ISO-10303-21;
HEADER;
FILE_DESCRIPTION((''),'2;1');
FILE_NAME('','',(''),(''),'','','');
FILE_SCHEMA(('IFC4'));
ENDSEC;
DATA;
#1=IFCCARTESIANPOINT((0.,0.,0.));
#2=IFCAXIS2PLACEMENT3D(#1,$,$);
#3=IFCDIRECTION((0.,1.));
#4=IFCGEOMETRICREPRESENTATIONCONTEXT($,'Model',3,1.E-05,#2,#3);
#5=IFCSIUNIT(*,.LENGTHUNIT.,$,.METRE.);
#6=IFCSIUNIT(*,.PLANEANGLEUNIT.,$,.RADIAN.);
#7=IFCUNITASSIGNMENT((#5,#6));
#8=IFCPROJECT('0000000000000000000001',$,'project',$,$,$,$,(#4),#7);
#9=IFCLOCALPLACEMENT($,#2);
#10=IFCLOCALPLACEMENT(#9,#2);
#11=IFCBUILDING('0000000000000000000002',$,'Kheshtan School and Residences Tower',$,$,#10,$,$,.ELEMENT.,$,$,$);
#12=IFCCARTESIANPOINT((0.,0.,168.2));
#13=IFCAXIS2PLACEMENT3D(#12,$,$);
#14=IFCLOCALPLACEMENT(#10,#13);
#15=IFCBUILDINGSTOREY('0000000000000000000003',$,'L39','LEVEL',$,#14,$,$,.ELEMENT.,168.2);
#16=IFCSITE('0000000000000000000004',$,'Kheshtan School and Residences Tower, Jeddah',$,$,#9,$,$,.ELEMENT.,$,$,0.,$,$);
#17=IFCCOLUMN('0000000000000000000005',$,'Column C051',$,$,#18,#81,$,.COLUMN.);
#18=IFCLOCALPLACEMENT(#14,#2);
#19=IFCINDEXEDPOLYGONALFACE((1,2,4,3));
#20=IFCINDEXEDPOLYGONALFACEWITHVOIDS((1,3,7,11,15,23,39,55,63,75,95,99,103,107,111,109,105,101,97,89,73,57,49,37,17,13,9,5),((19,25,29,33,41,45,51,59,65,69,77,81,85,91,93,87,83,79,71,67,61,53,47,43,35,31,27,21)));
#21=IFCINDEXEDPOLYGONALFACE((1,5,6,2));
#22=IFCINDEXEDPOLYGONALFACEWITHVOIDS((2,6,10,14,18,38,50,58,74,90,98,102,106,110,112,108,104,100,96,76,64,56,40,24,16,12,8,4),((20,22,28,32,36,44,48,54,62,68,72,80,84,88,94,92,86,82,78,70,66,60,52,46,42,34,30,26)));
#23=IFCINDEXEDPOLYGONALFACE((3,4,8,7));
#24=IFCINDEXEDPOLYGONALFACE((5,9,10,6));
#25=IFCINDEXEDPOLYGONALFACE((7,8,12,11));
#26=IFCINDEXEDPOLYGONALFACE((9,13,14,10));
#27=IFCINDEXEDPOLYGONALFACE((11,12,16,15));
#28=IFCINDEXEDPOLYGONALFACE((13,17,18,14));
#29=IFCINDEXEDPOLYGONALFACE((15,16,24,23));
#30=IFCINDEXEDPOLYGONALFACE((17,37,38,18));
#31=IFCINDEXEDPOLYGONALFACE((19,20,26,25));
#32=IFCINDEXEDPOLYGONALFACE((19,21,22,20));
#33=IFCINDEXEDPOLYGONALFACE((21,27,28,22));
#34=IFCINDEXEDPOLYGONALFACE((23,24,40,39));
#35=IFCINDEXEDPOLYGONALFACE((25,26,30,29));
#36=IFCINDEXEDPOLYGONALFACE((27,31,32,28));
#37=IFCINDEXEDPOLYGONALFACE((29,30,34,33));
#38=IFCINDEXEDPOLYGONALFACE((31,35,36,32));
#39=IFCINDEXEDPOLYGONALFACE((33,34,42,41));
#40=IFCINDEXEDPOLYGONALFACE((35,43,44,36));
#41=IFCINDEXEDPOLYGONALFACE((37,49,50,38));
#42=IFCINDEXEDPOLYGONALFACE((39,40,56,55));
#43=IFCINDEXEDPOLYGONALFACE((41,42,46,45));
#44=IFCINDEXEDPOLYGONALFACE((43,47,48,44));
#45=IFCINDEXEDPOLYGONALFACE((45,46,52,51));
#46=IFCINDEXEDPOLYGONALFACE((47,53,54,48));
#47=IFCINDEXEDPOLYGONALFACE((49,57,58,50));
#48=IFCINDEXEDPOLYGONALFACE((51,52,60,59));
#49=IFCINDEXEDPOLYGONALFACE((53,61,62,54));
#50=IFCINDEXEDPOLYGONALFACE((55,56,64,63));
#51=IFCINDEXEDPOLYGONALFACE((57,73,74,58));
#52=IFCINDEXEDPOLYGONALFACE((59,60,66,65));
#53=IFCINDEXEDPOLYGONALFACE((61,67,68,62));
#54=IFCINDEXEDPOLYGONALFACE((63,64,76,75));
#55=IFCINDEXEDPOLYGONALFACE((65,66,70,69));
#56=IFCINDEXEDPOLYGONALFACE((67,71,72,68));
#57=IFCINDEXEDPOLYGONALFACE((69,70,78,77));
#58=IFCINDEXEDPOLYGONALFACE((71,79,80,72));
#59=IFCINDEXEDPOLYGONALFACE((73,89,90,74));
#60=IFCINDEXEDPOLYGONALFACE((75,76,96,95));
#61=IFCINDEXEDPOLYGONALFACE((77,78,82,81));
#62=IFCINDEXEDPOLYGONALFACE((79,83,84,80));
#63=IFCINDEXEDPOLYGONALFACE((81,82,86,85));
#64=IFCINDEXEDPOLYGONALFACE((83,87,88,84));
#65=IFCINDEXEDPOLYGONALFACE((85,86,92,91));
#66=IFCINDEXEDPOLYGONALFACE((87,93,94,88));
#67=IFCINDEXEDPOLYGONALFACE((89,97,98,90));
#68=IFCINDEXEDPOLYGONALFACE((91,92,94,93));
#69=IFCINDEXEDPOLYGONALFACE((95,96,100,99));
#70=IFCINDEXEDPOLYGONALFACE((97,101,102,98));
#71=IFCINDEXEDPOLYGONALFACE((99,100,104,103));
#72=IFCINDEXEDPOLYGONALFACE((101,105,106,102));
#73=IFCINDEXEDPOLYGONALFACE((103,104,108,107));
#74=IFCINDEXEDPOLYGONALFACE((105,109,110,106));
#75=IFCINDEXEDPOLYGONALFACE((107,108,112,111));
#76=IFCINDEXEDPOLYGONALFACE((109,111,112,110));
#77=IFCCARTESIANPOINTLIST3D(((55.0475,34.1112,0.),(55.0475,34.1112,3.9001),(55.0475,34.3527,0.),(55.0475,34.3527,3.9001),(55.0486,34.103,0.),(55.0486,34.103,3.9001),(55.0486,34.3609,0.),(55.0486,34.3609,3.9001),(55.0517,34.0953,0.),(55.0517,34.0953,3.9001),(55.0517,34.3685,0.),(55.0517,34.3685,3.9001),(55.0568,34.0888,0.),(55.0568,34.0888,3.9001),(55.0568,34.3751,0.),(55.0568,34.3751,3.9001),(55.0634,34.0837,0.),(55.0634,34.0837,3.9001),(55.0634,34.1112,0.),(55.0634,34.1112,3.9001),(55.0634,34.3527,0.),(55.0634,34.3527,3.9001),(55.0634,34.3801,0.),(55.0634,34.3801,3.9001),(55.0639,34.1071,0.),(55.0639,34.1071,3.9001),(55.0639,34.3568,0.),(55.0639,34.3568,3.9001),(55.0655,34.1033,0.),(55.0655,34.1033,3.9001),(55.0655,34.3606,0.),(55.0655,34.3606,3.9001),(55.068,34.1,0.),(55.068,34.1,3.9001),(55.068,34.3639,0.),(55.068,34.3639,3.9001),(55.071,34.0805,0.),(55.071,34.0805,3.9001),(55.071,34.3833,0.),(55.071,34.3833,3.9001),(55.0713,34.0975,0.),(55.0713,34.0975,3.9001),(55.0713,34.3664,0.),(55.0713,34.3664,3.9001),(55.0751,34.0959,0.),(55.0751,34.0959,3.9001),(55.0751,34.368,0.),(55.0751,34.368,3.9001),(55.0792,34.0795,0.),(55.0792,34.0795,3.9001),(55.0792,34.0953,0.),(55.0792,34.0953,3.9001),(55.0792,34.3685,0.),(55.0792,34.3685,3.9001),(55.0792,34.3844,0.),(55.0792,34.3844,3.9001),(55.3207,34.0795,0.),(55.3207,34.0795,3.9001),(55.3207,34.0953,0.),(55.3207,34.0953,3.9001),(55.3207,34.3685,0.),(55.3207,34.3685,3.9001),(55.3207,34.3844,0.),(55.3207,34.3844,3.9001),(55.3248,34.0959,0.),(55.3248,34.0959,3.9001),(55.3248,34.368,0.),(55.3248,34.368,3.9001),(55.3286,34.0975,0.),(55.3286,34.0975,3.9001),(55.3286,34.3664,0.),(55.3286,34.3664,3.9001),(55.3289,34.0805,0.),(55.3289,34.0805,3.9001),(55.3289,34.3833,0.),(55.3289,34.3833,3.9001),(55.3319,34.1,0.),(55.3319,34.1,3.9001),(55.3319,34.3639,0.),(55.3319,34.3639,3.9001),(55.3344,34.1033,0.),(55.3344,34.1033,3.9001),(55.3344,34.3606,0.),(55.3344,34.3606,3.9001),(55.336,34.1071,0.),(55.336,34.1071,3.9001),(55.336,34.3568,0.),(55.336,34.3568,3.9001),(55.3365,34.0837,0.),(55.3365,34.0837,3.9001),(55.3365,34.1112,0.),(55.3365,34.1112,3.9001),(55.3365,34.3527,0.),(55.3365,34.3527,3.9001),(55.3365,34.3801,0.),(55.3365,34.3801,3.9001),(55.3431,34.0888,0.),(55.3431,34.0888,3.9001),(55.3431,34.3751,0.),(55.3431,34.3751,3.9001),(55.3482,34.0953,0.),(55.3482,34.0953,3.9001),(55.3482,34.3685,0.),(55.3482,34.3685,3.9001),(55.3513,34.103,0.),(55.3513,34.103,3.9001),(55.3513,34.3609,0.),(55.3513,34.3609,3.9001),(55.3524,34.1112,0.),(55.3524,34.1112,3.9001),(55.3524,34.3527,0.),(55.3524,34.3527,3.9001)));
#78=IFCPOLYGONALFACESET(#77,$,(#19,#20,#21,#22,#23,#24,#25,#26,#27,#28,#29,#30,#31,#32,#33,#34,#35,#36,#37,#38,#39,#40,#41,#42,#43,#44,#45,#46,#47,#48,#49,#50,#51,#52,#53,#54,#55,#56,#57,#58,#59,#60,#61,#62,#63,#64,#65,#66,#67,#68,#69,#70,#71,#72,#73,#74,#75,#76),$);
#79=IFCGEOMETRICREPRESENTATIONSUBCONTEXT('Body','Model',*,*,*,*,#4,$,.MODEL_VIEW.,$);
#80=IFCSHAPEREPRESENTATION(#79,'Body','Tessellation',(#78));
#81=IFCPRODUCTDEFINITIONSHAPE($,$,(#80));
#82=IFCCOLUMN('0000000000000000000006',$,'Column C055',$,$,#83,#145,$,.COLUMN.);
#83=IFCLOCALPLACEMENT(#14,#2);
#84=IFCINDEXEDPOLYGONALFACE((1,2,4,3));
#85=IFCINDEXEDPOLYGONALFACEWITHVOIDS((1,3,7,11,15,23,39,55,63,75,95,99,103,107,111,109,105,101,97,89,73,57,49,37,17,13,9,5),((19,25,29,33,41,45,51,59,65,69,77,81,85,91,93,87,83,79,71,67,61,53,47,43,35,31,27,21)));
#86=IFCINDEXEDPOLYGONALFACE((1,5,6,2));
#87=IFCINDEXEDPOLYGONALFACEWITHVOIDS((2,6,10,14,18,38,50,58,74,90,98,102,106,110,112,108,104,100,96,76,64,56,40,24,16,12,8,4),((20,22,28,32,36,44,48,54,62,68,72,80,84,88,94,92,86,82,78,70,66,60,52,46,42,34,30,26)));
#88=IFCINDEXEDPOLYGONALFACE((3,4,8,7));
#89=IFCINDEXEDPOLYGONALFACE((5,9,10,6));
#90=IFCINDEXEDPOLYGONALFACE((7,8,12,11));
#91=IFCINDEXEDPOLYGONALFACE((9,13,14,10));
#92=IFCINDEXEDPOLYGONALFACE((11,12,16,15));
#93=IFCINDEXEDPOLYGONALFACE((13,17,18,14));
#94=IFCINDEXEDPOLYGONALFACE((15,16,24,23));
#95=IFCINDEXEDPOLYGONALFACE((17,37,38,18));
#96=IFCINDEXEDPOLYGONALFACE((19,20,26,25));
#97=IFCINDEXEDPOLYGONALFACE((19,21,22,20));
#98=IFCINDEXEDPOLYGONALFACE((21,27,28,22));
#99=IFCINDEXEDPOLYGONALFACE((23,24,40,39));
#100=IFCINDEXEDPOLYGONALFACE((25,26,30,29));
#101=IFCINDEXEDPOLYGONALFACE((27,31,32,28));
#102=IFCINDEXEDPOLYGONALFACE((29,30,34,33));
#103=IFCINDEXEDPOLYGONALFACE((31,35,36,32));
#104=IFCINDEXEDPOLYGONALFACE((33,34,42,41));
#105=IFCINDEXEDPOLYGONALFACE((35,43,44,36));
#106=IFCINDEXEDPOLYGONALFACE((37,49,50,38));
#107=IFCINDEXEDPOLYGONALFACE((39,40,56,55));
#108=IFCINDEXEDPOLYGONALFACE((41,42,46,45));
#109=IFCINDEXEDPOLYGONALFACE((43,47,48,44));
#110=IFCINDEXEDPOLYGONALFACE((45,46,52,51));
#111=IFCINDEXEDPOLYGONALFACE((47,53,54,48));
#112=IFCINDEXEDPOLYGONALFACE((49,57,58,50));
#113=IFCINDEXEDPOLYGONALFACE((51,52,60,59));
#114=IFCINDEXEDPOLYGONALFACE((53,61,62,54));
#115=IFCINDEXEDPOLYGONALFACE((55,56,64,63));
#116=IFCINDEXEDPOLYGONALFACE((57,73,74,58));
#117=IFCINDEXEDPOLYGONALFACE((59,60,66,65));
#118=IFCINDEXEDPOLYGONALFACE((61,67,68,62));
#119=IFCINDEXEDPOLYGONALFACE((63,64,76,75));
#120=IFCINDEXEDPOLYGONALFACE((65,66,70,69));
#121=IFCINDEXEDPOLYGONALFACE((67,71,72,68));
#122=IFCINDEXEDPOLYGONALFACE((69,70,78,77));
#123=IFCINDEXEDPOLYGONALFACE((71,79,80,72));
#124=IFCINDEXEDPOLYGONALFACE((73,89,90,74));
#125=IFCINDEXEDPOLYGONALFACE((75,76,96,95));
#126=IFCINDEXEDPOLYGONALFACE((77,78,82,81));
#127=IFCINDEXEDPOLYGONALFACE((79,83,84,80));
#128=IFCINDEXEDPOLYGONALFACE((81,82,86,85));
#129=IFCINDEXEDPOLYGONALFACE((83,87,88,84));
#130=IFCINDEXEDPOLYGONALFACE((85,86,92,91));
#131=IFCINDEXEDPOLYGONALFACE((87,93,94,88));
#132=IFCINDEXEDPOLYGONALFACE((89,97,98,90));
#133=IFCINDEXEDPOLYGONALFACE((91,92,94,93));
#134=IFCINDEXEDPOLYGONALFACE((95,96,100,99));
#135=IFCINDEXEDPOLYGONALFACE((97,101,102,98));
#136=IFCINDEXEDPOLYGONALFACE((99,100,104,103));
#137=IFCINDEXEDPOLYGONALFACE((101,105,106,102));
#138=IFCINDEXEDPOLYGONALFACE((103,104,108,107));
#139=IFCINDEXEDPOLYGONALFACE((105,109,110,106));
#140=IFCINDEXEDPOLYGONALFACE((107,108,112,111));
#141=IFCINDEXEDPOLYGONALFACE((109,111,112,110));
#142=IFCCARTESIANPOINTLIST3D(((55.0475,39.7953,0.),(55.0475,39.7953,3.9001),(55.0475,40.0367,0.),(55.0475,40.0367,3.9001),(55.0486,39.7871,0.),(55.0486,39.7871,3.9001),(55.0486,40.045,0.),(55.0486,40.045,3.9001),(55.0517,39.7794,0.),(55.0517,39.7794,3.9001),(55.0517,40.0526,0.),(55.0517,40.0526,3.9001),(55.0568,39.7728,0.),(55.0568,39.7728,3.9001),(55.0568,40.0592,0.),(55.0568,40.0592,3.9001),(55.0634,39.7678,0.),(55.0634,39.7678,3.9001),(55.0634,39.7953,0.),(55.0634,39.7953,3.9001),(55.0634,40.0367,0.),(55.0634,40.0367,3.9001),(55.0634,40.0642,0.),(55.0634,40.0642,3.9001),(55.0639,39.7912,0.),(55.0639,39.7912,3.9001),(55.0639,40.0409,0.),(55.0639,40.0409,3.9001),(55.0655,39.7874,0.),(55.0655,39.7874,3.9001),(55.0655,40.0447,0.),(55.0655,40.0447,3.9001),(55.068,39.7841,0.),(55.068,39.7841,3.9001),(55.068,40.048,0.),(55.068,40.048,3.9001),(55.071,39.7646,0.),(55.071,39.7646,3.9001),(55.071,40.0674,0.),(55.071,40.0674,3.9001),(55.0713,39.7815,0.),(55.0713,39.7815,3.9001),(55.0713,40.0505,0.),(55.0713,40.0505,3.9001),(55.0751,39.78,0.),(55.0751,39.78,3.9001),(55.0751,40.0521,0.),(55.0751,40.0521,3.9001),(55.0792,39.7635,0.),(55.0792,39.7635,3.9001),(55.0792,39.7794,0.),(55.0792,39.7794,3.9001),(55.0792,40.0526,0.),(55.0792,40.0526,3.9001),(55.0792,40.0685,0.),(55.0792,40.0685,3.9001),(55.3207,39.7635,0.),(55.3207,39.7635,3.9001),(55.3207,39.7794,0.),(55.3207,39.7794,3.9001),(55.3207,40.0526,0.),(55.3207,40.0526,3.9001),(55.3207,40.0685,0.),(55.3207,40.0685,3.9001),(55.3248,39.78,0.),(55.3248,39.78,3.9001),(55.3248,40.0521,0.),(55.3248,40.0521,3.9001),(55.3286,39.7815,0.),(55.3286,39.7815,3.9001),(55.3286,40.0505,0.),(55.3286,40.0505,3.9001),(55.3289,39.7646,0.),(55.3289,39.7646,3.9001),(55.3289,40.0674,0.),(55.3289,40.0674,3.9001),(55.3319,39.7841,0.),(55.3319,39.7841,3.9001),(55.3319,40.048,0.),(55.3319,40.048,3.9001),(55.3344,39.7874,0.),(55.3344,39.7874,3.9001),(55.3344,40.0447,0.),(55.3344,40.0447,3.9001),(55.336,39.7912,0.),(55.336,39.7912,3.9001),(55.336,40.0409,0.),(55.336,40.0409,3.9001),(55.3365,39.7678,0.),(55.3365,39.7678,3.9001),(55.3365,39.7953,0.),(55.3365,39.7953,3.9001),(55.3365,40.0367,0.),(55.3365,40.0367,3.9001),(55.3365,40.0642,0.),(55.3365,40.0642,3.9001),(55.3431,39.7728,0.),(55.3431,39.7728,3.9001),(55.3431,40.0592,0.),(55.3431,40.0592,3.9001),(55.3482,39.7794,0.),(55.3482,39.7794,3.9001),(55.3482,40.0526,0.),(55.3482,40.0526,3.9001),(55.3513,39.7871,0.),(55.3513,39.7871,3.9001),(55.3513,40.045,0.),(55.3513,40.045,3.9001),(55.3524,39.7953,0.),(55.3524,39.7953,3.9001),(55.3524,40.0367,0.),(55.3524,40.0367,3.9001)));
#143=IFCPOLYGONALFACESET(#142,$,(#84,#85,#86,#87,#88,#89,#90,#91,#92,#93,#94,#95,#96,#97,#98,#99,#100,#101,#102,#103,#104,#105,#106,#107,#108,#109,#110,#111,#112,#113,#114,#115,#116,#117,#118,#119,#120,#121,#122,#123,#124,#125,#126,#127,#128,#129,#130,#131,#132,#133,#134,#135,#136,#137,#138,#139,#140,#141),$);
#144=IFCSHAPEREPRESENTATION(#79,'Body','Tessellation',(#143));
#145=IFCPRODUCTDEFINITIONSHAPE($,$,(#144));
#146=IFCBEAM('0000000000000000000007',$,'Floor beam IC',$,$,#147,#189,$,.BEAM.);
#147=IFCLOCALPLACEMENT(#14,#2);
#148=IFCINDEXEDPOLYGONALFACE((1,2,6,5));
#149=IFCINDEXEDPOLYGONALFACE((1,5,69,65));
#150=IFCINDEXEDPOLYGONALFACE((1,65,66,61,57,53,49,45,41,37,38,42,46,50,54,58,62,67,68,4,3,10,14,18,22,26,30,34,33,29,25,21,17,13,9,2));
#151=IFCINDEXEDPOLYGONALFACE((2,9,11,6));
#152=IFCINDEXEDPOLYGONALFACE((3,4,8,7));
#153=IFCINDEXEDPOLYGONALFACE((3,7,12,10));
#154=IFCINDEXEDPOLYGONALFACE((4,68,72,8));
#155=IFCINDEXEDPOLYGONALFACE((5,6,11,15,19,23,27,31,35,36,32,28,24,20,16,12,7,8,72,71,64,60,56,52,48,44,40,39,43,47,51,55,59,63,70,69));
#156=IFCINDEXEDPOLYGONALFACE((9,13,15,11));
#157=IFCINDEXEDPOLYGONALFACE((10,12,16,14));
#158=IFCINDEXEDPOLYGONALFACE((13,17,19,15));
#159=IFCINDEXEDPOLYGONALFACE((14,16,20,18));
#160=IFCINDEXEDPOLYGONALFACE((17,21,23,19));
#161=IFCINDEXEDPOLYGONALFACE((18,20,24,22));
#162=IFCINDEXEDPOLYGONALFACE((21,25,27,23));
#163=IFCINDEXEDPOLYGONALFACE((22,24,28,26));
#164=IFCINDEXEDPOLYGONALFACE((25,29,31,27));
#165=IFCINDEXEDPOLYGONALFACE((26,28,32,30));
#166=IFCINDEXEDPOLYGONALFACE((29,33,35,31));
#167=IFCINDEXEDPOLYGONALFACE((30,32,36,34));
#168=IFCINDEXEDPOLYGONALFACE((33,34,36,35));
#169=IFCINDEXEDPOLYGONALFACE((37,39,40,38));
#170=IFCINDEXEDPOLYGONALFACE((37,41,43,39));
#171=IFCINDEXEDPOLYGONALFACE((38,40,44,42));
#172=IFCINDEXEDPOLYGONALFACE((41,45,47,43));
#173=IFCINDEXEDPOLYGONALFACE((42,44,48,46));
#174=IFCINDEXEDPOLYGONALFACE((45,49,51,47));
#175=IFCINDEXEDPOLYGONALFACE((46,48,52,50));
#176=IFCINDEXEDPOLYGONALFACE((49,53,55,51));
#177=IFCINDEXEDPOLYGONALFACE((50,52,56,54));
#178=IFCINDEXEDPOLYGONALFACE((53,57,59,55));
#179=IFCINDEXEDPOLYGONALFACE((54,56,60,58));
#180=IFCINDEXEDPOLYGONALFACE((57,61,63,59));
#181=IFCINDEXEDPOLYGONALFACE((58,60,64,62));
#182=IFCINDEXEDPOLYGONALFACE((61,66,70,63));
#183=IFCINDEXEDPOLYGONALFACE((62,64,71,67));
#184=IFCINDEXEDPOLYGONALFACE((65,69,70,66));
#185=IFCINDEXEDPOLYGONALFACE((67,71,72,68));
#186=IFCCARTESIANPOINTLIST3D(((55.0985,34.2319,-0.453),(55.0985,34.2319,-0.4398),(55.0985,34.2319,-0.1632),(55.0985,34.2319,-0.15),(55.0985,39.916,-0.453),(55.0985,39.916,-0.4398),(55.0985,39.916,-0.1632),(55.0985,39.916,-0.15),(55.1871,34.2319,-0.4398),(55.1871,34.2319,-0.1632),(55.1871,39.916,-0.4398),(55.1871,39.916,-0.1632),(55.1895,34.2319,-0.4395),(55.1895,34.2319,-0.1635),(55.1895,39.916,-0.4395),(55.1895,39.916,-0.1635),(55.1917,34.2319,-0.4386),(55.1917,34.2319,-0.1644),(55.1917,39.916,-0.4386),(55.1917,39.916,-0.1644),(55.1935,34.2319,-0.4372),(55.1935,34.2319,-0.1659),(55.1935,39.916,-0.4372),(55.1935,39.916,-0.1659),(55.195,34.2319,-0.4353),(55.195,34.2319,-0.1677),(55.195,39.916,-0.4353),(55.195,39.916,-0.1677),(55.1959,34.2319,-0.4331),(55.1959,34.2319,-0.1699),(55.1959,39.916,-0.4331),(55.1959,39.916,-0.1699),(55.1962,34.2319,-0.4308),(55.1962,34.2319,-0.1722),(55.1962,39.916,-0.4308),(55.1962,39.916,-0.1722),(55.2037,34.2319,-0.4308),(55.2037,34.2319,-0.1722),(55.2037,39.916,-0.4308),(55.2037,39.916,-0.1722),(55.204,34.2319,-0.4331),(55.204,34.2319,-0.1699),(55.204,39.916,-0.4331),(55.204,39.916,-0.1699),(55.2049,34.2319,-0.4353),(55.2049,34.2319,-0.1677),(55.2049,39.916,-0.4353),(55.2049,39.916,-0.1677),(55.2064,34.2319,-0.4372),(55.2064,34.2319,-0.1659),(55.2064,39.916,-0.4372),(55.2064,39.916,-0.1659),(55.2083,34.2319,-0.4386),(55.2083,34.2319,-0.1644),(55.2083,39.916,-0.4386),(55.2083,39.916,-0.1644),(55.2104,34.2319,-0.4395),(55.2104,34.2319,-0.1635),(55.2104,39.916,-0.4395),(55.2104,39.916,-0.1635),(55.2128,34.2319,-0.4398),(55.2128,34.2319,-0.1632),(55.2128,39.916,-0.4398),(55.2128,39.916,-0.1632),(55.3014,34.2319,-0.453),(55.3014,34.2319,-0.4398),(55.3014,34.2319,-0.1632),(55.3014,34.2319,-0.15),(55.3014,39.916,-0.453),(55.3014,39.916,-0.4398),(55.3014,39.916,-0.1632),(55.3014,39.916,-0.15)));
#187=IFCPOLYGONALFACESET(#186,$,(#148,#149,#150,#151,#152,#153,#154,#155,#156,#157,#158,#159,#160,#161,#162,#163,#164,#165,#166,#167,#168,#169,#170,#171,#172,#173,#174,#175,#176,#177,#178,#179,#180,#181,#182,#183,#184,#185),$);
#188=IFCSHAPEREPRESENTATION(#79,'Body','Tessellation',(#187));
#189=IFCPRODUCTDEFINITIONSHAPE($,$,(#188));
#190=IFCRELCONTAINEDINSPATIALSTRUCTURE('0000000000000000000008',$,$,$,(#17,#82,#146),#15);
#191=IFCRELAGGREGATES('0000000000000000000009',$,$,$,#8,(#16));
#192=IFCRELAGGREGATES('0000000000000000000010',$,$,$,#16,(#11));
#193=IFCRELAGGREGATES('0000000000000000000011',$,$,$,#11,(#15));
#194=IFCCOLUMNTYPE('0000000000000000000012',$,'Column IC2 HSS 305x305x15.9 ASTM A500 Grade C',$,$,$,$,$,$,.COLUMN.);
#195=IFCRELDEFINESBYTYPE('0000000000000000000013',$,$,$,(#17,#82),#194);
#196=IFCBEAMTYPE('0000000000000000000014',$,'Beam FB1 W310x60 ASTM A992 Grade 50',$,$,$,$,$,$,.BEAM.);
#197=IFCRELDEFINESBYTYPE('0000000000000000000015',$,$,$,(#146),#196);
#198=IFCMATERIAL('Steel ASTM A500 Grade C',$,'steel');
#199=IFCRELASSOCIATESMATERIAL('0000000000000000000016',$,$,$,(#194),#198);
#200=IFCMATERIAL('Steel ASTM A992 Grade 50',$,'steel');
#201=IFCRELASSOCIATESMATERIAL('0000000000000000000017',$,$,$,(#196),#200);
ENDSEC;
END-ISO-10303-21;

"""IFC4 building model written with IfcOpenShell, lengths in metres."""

from ifc_helpers import new_model, si_unit, direction, frame, origin, origin_2d, place, context, subcontext, project, spatial, hollow_rectangle, i_section, extrude, material, material_profile, profile_set, type_object, element, save


model = new_model("IFC4")

# Units and contexts
model_context = context("Model", 3, precision=1e-05, world=origin(), true_north=direction((0.0, 1.0)))
body_context = subcontext(model_context, "Body", "Model", "MODEL_VIEW")
ifc_project = project(units=[si_unit("LENGTHUNIT", "METRE"), si_unit("PLANEANGLEUNIT", "RADIAN")], contexts=[model_context])

# Site, building, storey
site_placement = place(None, origin())
site = spatial("IfcSite", under=ifc_project, at=site_placement, Name="Kheshtan School and Residences Tower, Jeddah", CompositionType="ELEMENT", RefElevation=0.0)
building_placement = place(site_placement, origin())
building = spatial("IfcBuilding", under=site, at=building_placement, Name="Kheshtan School and Residences Tower", CompositionType="ELEMENT")
storey_placement = place(building_placement, frame((0.0, 0.0, 168.2)))
storey = spatial("IfcBuildingStorey", under=building, at=storey_placement, Name="L39", Description="LEVEL", CompositionType="ELEMENT", Elevation=168.2)

# Columns
ifc_material_1 = material(Name="Steel ASTM A500 Grade C", Category="steel")
ifc_material_profile_1 = material_profile(ifc_material_1, hollow_rectangle(XDim=0.3049, YDim=0.3049, WallThickness=0.0159, InnerFilletRadius=0.0159, OuterFilletRadius=0.0317, at=origin_2d()), Name="HSS 305x305x15.9")
ifc_profile_set_1 = profile_set([ifc_material_profile_1], Name="Steel ASTM A500 Grade C")
column_type = type_object("IfcColumnType", Name="Column IC2 HSS 305x305x15.9 ASTM A500 Grade C", PredefinedType="COLUMN", material=ifc_profile_set_1)
for number, where, z_axis, x_axis, name in (
    (1, (55.2, 34.2319, 0.0), (0.0, 0.0, 1.0), (1.0, 0.0, 0.0), "Column C051"),
    (2, (55.2, 39.916, 0.0), (0.0, 0.0, 1.0), (1.0, 0.0, 0.0), "Column C055"),
):
    element("IfcColumn", number, at=place(storey_placement, frame(where, z_axis=z_axis, x_axis=x_axis)), inside=storey, type_object=column_type, Name=name, PredefinedType="COLUMN", context=body_context, shape_type="SweptSolid", body=[
        extrude(hollow_rectangle(XDim=0.3049, YDim=0.3049, WallThickness=0.0159, InnerFilletRadius=0.0159, OuterFilletRadius=0.0317, at=origin_2d()), origin(), (0.0, 0.0, 1.0), 3.9001),
    ])

# Beam
ifc_material_2 = material(Name="Steel ASTM A992 Grade 50", Category="steel")
ifc_material_profile_2 = material_profile(ifc_material_2, i_section(OverallWidth=0.2029, OverallDepth=0.303, WebThickness=0.0076, FlangeThickness=0.0132, FilletRadius=0.009, at=origin_2d()), Name="W310x60")
ifc_profile_set_2 = profile_set([ifc_material_profile_2], Name="Steel ASTM A992 Grade 50")
beam_type = type_object("IfcBeamType", Name="Beam FB1 W310x60 ASTM A992 Grade 50", PredefinedType="BEAM", material=ifc_profile_set_2)
beam_placement = place(storey_placement, frame((55.2, 34.2319, -0.3015), z_axis=(0.0, 1.0, 0.0), x_axis=(-1.0, 0.0, 0.0)))
element("IfcBeam", 3, at=beam_placement, inside=storey, type_object=beam_type, Name="Floor beam IC", PredefinedType="BEAM", context=body_context, shape_type="SweptSolid", body=[
    extrude(i_section(OverallWidth=0.2029, OverallDepth=0.303, WebThickness=0.0076, FlangeThickness=0.0132, FilletRadius=0.009, at=origin_2d()), origin(), (0.0, 0.0, 1.0), 5.6841),
])

save(model, "model.ifc")
